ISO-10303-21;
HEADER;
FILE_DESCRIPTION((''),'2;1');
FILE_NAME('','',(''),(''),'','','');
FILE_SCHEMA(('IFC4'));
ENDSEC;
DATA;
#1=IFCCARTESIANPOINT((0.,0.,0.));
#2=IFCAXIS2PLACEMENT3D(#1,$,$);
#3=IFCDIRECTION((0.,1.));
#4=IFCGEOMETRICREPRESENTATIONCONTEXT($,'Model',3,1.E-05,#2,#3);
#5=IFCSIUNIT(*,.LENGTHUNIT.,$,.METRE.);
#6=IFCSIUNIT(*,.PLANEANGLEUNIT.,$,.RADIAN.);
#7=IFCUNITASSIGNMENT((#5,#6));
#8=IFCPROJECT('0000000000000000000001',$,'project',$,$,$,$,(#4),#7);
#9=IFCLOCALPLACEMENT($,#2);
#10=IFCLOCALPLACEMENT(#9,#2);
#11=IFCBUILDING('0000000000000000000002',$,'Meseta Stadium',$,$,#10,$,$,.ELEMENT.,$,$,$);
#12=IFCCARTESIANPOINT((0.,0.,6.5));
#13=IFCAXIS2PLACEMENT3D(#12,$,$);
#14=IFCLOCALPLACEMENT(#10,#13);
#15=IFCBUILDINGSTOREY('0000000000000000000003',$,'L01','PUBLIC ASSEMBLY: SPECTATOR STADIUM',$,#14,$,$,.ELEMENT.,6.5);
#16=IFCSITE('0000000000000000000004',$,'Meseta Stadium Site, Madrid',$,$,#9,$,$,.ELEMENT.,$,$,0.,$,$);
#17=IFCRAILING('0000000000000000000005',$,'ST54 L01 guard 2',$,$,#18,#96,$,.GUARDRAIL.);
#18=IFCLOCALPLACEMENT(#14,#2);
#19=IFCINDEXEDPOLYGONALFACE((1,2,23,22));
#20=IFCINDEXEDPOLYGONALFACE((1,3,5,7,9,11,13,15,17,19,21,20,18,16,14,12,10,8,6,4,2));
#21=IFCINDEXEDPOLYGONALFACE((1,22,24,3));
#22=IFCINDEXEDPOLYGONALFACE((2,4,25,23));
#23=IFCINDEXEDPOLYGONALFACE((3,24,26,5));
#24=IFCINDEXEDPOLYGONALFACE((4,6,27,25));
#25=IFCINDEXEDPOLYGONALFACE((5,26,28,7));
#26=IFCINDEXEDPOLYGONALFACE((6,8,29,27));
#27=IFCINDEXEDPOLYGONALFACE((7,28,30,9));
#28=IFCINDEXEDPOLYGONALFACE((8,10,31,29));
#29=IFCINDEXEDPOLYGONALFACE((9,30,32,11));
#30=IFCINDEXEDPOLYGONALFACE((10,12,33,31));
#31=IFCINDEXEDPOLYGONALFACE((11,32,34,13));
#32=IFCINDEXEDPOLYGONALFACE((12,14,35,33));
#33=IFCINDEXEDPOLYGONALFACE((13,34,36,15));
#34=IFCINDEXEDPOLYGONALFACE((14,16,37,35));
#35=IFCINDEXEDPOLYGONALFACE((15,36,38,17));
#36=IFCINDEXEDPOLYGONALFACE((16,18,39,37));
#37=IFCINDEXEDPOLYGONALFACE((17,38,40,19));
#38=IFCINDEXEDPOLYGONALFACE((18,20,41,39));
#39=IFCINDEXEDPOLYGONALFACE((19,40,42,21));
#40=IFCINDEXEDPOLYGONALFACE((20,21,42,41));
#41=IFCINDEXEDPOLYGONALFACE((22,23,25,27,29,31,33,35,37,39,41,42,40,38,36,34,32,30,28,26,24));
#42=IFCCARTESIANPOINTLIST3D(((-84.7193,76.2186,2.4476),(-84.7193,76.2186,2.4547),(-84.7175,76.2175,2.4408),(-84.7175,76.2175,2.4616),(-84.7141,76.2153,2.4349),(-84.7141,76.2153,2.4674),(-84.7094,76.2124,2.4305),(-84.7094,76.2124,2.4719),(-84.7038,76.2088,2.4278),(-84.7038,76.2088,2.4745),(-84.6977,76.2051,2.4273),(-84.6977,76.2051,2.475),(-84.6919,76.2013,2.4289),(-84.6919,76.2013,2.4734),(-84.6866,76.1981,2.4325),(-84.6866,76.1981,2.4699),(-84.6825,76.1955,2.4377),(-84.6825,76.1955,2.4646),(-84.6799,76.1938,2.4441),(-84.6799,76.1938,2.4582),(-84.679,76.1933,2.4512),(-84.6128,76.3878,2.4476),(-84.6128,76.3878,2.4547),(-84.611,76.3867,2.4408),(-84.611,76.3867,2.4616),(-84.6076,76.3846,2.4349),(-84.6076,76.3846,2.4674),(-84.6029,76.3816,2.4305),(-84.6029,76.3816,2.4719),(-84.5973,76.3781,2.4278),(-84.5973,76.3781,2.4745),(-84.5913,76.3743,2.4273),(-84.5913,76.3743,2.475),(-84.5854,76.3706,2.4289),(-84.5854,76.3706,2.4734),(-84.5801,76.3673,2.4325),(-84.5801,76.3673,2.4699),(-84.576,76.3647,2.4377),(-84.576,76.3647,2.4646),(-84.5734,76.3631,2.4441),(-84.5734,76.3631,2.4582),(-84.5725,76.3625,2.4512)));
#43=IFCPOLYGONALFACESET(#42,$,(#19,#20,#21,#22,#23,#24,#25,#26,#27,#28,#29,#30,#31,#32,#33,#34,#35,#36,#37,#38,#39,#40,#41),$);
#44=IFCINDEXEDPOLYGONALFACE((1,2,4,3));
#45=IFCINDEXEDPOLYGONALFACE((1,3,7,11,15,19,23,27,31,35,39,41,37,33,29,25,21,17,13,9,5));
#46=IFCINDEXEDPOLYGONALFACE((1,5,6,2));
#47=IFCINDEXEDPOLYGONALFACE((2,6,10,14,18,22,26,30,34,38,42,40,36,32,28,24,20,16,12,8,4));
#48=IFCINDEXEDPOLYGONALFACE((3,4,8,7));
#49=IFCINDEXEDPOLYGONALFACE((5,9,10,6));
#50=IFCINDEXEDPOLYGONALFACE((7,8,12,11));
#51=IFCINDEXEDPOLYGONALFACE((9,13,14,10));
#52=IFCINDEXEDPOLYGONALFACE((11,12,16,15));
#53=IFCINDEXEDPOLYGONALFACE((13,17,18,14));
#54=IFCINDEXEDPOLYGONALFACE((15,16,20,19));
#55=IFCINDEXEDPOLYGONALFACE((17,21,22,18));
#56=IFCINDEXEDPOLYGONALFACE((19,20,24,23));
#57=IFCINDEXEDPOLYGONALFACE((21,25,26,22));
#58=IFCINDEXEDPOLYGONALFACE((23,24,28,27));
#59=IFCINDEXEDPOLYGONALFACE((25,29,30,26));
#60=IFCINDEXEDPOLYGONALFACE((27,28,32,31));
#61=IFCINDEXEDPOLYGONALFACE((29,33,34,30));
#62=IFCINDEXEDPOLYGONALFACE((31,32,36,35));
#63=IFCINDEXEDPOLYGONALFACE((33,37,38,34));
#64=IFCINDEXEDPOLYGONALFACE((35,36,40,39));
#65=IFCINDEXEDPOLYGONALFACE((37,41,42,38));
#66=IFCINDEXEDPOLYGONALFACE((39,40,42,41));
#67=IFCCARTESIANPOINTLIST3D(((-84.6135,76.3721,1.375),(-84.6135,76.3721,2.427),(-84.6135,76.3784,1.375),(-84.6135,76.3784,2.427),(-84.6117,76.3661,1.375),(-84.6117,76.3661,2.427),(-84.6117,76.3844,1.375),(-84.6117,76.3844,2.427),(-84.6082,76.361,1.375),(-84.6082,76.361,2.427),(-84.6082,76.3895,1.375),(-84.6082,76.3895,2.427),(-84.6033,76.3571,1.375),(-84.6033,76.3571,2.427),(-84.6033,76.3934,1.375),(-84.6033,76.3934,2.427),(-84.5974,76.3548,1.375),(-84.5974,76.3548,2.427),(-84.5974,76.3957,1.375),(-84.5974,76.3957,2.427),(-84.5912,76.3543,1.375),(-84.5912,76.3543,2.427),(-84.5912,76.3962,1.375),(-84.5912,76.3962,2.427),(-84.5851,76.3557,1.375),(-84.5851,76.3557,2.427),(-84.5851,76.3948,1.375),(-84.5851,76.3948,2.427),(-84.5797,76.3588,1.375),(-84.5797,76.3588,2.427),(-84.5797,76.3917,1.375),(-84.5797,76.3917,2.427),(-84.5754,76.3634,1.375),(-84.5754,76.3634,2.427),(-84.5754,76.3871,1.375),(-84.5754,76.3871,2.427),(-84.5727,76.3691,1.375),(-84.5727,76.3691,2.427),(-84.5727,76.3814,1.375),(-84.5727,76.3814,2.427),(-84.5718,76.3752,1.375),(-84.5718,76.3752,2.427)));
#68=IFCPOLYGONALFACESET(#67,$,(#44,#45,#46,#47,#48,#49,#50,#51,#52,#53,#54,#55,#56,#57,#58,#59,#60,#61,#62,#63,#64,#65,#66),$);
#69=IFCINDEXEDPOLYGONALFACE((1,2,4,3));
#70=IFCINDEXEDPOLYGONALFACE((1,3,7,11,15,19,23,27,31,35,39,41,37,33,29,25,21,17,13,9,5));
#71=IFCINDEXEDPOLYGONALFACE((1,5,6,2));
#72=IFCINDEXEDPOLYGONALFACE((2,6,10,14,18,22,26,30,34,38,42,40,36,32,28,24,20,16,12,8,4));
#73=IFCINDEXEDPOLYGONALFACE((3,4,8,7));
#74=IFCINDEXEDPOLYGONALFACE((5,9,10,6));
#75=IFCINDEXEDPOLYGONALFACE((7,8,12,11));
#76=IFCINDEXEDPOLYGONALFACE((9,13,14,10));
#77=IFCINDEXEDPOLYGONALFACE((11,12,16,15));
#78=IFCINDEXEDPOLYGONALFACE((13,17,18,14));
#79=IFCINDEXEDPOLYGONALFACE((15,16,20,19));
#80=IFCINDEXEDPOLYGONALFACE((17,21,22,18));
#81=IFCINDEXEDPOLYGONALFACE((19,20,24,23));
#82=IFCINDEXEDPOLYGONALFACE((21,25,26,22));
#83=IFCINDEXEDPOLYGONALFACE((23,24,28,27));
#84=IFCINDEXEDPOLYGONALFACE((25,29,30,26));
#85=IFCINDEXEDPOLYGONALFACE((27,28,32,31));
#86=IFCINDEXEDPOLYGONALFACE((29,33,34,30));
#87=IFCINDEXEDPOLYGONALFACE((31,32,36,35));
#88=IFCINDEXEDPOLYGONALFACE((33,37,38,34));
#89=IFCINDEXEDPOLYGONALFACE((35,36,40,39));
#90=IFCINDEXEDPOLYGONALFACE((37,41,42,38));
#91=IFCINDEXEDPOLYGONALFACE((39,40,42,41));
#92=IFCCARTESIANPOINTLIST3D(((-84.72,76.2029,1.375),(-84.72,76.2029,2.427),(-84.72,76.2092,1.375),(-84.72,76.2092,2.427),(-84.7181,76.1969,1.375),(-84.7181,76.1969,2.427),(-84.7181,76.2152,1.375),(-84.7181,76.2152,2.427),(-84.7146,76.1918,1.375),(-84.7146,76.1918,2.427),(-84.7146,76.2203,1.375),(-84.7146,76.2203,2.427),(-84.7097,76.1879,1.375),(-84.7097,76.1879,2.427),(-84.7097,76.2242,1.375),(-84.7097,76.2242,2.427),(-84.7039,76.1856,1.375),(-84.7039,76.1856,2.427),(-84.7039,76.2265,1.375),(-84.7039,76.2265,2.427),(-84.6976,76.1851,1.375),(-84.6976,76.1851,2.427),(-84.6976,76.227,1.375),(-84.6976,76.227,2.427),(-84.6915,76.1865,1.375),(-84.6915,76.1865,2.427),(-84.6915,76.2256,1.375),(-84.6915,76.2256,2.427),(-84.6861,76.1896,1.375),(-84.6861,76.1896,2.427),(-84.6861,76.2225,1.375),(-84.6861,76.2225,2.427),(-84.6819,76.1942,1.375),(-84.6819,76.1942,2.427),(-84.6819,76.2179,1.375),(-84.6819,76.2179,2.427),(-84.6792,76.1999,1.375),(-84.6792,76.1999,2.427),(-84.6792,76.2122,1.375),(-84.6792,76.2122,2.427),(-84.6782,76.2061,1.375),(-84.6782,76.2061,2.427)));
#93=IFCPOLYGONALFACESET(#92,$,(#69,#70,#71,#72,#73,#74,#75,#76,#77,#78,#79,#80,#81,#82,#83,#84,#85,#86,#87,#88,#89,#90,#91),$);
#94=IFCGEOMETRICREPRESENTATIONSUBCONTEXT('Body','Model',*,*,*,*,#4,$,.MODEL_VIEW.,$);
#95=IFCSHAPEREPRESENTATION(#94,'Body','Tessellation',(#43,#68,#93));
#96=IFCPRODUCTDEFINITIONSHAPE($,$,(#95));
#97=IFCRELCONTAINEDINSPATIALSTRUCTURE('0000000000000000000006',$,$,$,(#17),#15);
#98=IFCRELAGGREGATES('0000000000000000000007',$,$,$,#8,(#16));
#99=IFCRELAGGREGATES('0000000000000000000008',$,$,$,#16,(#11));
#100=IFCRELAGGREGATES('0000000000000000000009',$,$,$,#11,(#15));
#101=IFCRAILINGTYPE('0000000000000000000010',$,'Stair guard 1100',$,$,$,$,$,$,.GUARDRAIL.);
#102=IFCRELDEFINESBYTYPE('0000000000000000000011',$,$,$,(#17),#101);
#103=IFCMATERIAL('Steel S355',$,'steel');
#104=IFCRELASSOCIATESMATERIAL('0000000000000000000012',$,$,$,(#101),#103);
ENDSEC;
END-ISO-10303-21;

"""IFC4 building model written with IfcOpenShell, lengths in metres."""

from ifc_helpers import new_model, si_unit, direction, frame, origin, origin_2d, place, context, subcontext, project, spatial, circle, extrude, material, type_object, element, save


model = new_model("IFC4")

# Units and contexts
model_context = context("Model", 3, precision=1e-05, world=origin(), true_north=direction((0.0, 1.0)))
body_context = subcontext(model_context, "Body", "Model", "MODEL_VIEW")
ifc_project = project(units=[si_unit("LENGTHUNIT", "METRE"), si_unit("PLANEANGLEUNIT", "RADIAN")], contexts=[model_context])

# Site, building, storey
site_placement = place(None, origin())
site = spatial("IfcSite", under=ifc_project, at=site_placement, Name="Meseta Stadium Site, Madrid", CompositionType="ELEMENT", RefElevation=0.0)
building_placement = place(site_placement, origin())
building = spatial("IfcBuilding", under=site, at=building_placement, Name="Meseta Stadium", CompositionType="ELEMENT")
storey_placement = place(building_placement, frame((0.0, 0.0, 6.5)))
storey = spatial("IfcBuildingStorey", under=building, at=storey_placement, Name="L01", Description="PUBLIC ASSEMBLY: SPECTATOR STADIUM", CompositionType="ELEMENT", Elevation=6.5)

# Railing
ifc_material_1 = material(Name="Steel S355", Category="steel")
railing_type_1 = type_object("IfcRailingType", Name="Stair guard 1100", PredefinedType="GUARDRAIL", material=ifc_material_1)
railing_1_placement = place(storey_placement, frame((-84.5928, 76.3752, 1.375)))
element("IfcRailing", 1, at=railing_1_placement, inside=storey, type_object=railing_type_1, Name="ST54 L01 guard 2", PredefinedType="GUARDRAIL", context=body_context, shape_type="SweptSolid", body=[
    extrude(circle(Radius=0.0239, at=origin_2d()), frame((0.0, 0.0, 1.0762), z_axis=(-0.532522, -0.846416, 0.0), x_axis=(0.846416, -0.532522, 0.0)), (0.0, 0.0, 1.0), 0.2),
    extrude(circle(Radius=0.021, at=origin_2d()), origin(), (0.0, 0.0, 1.0), 1.052),
    extrude(circle(Radius=0.021, at=origin_2d()), frame((-0.1064, -0.1692, 0.0)), (0.0, 0.0, 1.0), 1.052),
])

save(model, "model.ifc")
